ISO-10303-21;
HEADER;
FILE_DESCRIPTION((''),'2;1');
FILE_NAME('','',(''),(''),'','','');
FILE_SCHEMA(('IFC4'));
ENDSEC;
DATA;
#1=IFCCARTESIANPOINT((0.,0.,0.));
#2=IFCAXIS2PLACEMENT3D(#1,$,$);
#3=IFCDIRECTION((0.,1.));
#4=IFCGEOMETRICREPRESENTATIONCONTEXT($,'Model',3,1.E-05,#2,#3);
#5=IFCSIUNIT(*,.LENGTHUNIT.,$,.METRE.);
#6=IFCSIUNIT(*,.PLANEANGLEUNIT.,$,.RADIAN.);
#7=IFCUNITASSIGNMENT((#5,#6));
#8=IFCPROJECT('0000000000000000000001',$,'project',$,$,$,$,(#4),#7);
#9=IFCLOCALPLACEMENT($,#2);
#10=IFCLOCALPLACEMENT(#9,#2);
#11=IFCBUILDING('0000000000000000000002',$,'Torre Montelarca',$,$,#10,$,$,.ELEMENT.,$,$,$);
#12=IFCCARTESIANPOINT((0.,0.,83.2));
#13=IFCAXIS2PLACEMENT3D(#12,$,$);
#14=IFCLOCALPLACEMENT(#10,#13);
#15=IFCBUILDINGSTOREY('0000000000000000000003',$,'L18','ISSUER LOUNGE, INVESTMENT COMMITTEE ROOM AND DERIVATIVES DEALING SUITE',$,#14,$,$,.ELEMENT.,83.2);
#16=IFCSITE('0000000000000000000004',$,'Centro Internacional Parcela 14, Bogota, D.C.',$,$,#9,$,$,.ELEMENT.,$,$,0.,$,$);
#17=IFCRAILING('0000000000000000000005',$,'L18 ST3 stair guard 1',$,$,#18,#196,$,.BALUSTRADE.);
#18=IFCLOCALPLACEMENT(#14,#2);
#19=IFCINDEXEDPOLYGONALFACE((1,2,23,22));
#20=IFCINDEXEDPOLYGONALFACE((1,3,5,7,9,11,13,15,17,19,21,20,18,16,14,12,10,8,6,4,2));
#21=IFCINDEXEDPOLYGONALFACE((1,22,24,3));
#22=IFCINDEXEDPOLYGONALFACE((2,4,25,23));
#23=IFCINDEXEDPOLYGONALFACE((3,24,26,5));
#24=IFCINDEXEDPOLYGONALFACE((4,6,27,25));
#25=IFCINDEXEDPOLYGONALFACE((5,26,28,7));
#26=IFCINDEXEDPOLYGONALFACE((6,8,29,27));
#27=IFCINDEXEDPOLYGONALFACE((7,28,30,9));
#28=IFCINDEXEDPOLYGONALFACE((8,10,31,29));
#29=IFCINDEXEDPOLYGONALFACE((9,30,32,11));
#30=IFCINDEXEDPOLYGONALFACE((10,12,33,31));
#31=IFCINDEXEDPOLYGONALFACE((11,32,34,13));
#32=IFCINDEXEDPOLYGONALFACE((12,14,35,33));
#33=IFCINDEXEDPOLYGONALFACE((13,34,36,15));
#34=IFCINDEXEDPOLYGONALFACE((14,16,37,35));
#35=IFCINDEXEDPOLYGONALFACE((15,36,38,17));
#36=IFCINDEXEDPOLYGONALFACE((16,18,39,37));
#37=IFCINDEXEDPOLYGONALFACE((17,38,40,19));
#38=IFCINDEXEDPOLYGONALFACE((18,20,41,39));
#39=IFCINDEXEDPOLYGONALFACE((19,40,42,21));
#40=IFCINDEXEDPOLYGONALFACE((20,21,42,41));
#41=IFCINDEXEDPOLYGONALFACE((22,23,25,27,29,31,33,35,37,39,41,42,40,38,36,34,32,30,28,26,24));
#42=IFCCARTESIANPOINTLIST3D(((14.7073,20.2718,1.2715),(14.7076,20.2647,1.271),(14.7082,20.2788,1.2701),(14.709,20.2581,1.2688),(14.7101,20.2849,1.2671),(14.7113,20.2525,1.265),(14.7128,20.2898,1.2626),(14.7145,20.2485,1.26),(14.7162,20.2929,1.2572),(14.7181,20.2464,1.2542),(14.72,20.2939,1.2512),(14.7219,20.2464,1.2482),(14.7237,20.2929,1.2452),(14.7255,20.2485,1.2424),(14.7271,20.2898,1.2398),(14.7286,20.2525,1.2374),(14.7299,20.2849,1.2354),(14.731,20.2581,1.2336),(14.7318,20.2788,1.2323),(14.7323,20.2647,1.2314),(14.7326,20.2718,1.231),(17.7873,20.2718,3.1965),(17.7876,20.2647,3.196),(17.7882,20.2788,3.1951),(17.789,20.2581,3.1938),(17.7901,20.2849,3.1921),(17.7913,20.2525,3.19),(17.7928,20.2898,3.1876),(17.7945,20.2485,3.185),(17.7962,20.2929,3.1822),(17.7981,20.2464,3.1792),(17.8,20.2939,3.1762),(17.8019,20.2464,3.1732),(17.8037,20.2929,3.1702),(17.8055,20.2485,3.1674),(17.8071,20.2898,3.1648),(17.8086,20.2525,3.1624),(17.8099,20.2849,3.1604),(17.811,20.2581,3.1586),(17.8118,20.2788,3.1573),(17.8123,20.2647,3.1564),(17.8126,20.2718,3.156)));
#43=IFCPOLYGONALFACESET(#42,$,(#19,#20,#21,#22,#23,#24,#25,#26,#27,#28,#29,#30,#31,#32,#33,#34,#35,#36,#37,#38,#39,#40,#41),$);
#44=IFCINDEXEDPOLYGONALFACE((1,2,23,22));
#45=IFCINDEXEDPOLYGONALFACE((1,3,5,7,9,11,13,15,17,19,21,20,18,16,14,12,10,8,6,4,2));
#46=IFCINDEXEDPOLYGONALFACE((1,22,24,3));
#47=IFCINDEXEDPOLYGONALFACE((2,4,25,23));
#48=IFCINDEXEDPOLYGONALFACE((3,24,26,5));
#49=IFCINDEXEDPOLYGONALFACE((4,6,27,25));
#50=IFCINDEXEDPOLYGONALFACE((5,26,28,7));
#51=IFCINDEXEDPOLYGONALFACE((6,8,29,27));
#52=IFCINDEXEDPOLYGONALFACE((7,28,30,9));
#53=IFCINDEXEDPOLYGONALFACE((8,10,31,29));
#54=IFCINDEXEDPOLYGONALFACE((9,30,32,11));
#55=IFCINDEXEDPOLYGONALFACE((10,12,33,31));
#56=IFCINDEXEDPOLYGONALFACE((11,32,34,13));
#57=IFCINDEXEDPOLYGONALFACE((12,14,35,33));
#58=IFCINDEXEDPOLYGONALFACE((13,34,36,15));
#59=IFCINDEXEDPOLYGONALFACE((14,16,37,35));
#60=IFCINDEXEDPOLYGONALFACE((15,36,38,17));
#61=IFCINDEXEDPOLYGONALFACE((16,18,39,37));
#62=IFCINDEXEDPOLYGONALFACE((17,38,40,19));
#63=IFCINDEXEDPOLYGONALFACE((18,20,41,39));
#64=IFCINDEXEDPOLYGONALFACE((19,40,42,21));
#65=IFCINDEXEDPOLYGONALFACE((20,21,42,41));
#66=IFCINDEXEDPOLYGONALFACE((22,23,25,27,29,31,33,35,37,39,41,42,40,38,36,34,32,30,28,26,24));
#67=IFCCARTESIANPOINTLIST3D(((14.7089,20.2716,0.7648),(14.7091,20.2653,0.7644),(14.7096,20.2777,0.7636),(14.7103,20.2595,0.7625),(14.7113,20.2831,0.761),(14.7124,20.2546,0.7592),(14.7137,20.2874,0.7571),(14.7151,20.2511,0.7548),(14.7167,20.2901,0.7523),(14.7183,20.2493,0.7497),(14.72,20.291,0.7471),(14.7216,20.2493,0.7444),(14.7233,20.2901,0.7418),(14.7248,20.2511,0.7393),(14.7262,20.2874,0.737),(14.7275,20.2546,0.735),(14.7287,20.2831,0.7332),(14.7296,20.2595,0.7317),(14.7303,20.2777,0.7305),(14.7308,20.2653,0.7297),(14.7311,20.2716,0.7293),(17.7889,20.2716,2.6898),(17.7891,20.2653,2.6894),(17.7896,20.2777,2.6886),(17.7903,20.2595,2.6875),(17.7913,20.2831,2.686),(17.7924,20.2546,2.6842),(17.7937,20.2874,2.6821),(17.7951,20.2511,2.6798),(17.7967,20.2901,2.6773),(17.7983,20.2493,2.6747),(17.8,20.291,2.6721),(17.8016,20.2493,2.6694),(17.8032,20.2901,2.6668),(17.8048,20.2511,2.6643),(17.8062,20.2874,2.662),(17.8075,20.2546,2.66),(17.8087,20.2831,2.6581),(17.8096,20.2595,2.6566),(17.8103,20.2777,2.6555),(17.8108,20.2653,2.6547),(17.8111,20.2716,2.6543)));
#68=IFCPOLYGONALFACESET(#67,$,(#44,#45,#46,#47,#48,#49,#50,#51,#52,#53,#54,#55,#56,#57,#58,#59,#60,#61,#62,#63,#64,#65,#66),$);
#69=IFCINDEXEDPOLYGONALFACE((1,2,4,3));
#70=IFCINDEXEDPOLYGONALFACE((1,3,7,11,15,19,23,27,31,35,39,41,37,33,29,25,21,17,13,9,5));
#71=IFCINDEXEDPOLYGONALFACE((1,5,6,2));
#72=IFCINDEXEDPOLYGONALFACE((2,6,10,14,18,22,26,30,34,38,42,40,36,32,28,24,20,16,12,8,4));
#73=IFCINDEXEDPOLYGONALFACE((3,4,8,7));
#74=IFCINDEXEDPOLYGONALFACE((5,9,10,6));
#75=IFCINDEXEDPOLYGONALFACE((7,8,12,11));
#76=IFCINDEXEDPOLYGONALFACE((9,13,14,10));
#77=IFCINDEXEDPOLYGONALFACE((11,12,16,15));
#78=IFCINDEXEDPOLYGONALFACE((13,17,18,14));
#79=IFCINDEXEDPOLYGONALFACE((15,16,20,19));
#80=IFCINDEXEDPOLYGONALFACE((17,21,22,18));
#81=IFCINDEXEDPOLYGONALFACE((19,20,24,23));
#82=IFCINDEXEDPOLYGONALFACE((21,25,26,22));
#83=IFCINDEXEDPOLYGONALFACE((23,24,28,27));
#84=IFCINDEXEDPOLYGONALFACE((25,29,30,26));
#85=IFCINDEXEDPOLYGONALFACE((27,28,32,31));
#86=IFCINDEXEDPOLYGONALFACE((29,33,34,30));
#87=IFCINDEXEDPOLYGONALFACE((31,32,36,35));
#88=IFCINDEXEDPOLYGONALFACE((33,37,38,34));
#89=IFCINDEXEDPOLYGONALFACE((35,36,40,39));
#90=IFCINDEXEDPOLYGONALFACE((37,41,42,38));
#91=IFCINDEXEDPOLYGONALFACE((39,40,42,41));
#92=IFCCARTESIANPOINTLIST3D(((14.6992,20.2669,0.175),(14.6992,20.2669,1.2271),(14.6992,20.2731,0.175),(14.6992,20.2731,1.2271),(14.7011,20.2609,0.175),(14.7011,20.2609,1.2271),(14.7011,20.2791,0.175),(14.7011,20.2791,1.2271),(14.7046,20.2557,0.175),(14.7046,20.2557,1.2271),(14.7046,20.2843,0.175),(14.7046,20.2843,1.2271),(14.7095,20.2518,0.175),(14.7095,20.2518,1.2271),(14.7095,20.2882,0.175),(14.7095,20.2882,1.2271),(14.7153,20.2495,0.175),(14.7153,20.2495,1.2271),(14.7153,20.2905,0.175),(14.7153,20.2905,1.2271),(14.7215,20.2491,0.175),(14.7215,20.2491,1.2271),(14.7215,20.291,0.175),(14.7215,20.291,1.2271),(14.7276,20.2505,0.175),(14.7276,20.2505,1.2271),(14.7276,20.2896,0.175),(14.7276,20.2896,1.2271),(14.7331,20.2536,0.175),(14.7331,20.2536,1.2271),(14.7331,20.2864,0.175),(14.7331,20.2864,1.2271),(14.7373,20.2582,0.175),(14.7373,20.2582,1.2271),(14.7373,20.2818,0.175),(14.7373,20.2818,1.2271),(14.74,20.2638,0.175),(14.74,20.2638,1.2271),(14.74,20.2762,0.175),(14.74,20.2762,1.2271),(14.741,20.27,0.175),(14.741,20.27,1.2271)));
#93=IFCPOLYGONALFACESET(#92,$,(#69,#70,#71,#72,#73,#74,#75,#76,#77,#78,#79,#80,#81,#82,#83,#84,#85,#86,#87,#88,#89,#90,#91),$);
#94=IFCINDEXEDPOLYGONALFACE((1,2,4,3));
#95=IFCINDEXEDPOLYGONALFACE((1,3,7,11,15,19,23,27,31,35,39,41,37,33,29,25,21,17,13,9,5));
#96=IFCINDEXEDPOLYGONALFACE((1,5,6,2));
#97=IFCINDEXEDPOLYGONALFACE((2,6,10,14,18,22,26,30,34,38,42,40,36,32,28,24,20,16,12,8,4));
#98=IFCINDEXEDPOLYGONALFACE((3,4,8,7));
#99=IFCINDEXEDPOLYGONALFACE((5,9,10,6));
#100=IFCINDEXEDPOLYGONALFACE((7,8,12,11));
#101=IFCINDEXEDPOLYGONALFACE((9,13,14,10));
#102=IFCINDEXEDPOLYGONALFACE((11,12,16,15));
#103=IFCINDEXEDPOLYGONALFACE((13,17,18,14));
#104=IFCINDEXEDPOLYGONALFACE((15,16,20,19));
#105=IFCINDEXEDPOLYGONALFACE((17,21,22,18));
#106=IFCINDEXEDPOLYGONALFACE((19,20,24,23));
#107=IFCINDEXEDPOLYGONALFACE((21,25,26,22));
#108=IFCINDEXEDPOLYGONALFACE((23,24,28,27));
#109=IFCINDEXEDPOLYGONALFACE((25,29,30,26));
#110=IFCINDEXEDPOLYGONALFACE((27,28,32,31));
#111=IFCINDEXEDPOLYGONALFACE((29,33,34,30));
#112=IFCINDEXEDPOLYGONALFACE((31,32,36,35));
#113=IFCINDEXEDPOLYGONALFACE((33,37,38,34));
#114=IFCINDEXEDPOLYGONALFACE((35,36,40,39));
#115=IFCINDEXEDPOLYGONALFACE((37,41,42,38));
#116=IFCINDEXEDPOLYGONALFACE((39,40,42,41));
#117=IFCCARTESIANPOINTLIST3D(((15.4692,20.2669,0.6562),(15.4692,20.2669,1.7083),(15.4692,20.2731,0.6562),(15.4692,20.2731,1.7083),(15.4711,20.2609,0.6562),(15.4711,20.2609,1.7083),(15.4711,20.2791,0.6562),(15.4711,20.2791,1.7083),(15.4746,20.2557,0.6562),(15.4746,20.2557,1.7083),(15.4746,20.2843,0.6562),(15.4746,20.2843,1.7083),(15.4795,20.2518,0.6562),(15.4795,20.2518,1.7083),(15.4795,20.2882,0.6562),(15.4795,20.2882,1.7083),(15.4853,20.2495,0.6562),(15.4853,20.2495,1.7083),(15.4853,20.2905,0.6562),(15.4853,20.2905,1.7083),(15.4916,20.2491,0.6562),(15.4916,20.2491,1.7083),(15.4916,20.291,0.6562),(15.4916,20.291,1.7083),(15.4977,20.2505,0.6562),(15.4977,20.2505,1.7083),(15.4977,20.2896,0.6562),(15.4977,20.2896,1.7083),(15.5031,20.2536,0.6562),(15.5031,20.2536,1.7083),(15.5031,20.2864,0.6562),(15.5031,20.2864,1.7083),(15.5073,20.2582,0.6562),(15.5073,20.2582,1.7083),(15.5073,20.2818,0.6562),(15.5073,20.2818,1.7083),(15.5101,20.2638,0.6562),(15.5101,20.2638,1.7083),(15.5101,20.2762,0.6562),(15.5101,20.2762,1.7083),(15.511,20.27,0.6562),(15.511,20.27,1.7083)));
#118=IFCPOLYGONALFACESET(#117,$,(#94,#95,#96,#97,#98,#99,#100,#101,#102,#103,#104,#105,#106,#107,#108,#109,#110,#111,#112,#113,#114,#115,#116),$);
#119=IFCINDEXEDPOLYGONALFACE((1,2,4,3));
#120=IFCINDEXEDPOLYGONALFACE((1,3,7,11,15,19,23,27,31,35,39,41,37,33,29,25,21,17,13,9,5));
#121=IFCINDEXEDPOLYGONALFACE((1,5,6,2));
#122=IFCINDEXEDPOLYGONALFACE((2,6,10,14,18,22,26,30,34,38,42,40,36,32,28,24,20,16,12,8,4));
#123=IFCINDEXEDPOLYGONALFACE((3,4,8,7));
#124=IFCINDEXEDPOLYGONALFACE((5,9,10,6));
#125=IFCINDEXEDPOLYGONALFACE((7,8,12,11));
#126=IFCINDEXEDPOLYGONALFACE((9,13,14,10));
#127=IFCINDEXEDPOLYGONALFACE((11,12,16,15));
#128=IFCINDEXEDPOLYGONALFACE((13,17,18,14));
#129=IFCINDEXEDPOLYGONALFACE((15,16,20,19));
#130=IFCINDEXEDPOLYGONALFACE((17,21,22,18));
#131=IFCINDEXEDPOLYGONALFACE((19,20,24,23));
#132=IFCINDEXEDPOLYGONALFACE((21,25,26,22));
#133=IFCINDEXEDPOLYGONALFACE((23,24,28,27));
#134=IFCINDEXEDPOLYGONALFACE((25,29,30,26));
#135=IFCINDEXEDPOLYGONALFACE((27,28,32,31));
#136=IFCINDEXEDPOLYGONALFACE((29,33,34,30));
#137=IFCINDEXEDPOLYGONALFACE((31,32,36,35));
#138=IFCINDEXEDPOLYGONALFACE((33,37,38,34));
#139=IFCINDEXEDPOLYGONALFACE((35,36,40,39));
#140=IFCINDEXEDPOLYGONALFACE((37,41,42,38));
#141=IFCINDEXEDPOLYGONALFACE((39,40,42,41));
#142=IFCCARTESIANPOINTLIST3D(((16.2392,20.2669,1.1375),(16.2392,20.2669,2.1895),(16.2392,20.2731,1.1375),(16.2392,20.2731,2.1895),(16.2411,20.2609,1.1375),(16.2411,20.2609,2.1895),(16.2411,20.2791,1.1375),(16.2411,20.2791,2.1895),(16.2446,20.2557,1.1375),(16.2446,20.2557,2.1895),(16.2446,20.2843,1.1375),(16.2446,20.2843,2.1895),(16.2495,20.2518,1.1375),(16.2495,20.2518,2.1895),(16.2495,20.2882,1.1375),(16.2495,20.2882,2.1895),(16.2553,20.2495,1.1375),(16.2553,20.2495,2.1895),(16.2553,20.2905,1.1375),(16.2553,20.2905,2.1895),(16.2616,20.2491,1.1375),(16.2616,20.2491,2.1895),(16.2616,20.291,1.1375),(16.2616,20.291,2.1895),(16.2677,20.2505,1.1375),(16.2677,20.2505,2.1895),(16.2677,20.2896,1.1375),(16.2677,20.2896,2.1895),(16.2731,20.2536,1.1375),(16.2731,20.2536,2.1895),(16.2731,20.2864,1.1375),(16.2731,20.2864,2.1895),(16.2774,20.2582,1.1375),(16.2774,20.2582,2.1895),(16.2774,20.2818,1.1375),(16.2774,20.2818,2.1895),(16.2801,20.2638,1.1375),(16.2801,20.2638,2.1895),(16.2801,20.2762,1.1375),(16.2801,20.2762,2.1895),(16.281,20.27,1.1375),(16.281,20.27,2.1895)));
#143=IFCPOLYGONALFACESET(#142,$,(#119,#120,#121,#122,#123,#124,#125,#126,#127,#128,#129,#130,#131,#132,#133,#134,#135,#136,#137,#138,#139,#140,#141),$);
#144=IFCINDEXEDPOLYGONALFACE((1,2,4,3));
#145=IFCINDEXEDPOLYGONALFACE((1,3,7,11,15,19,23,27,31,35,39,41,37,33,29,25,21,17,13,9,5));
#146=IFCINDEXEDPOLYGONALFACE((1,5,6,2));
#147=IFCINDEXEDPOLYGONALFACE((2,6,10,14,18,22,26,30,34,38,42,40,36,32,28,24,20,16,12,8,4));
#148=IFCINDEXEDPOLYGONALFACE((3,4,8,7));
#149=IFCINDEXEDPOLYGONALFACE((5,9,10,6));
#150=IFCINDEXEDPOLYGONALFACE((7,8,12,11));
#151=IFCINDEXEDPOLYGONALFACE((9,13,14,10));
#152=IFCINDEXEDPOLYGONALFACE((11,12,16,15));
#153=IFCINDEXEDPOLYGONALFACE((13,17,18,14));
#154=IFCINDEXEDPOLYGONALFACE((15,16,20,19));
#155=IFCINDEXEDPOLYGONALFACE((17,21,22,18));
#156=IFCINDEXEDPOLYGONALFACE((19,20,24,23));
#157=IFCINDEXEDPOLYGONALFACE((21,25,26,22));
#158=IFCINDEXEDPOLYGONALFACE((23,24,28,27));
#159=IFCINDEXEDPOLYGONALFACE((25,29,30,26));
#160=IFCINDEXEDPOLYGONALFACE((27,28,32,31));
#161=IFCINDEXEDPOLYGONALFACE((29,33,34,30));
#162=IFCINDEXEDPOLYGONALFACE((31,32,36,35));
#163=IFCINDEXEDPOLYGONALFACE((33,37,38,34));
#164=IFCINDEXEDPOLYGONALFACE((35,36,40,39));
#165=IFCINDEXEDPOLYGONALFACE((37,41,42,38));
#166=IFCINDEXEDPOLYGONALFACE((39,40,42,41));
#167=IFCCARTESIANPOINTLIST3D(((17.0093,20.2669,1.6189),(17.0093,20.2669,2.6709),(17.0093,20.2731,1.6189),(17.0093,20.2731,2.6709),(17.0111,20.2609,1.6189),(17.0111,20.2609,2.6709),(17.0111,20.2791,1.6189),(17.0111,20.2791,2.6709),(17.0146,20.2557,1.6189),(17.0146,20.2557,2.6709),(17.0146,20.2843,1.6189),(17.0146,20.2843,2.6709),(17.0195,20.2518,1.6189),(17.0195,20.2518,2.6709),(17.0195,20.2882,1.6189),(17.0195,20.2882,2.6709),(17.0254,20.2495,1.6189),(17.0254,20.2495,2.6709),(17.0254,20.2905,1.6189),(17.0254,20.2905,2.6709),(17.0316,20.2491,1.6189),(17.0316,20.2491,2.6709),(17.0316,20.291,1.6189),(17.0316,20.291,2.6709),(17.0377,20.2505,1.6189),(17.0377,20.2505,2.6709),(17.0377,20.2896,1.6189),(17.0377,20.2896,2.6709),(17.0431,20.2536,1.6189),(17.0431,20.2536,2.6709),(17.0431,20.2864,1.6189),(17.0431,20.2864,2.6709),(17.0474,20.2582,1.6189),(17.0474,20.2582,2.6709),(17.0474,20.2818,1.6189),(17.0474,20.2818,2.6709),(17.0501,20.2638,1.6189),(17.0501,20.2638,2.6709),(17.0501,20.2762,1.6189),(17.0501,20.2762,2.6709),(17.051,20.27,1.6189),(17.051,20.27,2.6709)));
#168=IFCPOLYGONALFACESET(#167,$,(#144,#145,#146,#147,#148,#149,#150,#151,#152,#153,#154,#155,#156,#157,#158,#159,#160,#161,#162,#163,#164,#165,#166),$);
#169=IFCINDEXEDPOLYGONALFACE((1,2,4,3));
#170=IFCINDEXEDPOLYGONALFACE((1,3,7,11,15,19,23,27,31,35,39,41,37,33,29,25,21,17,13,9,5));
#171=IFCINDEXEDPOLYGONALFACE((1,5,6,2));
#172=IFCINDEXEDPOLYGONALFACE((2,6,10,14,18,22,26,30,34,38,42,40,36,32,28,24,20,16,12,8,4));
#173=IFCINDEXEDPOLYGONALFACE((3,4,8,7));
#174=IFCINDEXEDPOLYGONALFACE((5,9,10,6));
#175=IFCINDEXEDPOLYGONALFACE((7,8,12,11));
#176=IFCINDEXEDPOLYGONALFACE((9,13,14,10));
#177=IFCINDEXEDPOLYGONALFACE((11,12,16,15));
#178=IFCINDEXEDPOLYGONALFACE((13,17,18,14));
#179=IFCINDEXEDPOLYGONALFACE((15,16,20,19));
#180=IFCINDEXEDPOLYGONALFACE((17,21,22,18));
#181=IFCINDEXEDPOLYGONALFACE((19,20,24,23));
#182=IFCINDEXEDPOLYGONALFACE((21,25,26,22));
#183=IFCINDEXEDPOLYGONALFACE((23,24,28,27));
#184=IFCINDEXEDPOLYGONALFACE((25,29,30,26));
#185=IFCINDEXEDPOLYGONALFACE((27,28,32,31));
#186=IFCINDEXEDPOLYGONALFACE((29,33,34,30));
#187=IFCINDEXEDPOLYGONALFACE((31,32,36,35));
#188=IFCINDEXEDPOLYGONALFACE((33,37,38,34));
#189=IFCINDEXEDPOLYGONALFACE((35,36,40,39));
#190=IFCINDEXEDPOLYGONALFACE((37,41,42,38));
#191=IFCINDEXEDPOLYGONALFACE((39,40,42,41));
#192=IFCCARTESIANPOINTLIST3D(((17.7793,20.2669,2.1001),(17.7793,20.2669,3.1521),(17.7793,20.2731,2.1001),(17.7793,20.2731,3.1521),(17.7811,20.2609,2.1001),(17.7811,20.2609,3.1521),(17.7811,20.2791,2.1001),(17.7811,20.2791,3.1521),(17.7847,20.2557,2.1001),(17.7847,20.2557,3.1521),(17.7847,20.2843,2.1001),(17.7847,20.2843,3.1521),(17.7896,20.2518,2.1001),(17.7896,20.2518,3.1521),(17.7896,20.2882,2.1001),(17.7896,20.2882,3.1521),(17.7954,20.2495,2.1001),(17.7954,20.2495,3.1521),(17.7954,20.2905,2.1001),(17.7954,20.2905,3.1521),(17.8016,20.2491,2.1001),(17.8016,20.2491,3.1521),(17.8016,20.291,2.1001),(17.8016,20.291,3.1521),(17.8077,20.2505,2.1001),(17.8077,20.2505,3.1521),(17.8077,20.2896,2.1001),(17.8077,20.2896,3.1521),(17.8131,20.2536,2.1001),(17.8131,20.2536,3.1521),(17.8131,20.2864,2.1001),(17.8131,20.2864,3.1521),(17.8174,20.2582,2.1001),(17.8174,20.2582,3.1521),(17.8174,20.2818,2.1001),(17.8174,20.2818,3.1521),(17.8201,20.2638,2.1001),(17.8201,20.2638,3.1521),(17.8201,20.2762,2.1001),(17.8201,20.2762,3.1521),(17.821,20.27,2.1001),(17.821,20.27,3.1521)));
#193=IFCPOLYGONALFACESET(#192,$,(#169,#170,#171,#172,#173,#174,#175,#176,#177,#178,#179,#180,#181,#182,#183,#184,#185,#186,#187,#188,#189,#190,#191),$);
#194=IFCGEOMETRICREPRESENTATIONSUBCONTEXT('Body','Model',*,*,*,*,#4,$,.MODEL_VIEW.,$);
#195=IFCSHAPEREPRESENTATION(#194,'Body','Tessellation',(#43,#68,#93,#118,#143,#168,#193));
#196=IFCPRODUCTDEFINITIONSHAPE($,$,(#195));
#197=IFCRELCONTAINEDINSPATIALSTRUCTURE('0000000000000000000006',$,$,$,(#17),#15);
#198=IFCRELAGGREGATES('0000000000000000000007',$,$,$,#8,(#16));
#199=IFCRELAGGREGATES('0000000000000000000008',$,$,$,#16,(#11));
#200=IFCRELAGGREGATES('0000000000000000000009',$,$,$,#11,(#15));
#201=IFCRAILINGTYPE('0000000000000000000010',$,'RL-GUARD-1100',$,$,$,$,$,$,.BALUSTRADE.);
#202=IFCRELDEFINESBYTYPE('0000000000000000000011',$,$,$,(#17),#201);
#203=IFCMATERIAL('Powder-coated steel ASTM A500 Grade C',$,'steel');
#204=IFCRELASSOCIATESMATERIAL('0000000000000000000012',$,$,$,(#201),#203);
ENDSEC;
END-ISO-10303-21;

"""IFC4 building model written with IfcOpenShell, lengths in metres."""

from ifc_helpers import new_model, si_unit, direction, frame, origin, origin_2d, place, context, subcontext, project, spatial, circle, extrude, material, type_object, element, save


model = new_model("IFC4")

# Units and contexts
model_context = context("Model", 3, precision=1e-05, world=origin(), true_north=direction((0.0, 1.0)))
body_context = subcontext(model_context, "Body", "Model", "MODEL_VIEW")
ifc_project = project(units=[si_unit("LENGTHUNIT", "METRE"), si_unit("PLANEANGLEUNIT", "RADIAN")], contexts=[model_context])

# Site, building, storey
site_placement = place(None, origin())
site = spatial("IfcSite", under=ifc_project, at=site_placement, Name="Centro Internacional Parcela 14, Bogota, D.C.", CompositionType="ELEMENT", RefElevation=0.0)
building_placement = place(site_placement, origin())
building = spatial("IfcBuilding", under=site, at=building_placement, Name="Torre Montelarca", CompositionType="ELEMENT")
storey_placement = place(building_placement, frame((0.0, 0.0, 83.2)))
storey = spatial("IfcBuildingStorey", under=building, at=storey_placement, Name="L18", Description="ISSUER LOUNGE, INVESTMENT COMMITTEE ROOM AND DERIVATIVES DEALING SUITE", CompositionType="ELEMENT", Elevation=83.2)

# Railing
ifc_material_1 = material(Name="Powder-coated steel ASTM A500 Grade C", Category="steel")
railing_type_1 = type_object("IfcRailingType", Name="RL-GUARD-1100", PredefinedType="BALUSTRADE", material=ifc_material_1)
railing_1_placement = place(storey_placement, frame((14.72, 20.27, 0.175)))
element("IfcRailing", 1, at=railing_1_placement, inside=storey, type_object=railing_type_1, Name="L18 ST3 stair guard 1", PredefinedType="BALUSTRADE", context=body_context, shape_type="SweptSolid", body=[
    extrude(circle(Radius=0.0239, at=origin_2d()), frame((0.0, 0.0, 1.0762), z_axis=(0.847998, 0.0, 0.529999), x_axis=(0.0, 1.0, 0.0)), (0.0, 0.0, 1.0), 3.6321),
    extrude(circle(Radius=0.021, at=origin_2d()), frame((0.0, 0.0, 0.572), z_axis=(0.847998, 0.0, 0.529999), x_axis=(0.0, 1.0, 0.0)), (0.0, 0.0, 1.0), 3.6321),
    extrude(circle(Radius=0.021, at=origin_2d()), origin(), (0.0, 0.0, 1.0), 1.052),
    extrude(circle(Radius=0.021, at=origin_2d()), frame((0.77, 0.0, 0.4812)), (0.0, 0.0, 1.0), 1.052),
    extrude(circle(Radius=0.021, at=origin_2d()), frame((1.54, 0.0, 0.9624)), (0.0, 0.0, 1.0), 1.052),
    extrude(circle(Radius=0.021, at=origin_2d()), frame((2.3101, 0.0, 1.4438)), (0.0, 0.0, 1.0), 1.052),
    extrude(circle(Radius=0.021, at=origin_2d()), frame((3.0801, 0.0, 1.925)), (0.0, 0.0, 1.0), 1.052),
])

save(model, "model.ifc")
